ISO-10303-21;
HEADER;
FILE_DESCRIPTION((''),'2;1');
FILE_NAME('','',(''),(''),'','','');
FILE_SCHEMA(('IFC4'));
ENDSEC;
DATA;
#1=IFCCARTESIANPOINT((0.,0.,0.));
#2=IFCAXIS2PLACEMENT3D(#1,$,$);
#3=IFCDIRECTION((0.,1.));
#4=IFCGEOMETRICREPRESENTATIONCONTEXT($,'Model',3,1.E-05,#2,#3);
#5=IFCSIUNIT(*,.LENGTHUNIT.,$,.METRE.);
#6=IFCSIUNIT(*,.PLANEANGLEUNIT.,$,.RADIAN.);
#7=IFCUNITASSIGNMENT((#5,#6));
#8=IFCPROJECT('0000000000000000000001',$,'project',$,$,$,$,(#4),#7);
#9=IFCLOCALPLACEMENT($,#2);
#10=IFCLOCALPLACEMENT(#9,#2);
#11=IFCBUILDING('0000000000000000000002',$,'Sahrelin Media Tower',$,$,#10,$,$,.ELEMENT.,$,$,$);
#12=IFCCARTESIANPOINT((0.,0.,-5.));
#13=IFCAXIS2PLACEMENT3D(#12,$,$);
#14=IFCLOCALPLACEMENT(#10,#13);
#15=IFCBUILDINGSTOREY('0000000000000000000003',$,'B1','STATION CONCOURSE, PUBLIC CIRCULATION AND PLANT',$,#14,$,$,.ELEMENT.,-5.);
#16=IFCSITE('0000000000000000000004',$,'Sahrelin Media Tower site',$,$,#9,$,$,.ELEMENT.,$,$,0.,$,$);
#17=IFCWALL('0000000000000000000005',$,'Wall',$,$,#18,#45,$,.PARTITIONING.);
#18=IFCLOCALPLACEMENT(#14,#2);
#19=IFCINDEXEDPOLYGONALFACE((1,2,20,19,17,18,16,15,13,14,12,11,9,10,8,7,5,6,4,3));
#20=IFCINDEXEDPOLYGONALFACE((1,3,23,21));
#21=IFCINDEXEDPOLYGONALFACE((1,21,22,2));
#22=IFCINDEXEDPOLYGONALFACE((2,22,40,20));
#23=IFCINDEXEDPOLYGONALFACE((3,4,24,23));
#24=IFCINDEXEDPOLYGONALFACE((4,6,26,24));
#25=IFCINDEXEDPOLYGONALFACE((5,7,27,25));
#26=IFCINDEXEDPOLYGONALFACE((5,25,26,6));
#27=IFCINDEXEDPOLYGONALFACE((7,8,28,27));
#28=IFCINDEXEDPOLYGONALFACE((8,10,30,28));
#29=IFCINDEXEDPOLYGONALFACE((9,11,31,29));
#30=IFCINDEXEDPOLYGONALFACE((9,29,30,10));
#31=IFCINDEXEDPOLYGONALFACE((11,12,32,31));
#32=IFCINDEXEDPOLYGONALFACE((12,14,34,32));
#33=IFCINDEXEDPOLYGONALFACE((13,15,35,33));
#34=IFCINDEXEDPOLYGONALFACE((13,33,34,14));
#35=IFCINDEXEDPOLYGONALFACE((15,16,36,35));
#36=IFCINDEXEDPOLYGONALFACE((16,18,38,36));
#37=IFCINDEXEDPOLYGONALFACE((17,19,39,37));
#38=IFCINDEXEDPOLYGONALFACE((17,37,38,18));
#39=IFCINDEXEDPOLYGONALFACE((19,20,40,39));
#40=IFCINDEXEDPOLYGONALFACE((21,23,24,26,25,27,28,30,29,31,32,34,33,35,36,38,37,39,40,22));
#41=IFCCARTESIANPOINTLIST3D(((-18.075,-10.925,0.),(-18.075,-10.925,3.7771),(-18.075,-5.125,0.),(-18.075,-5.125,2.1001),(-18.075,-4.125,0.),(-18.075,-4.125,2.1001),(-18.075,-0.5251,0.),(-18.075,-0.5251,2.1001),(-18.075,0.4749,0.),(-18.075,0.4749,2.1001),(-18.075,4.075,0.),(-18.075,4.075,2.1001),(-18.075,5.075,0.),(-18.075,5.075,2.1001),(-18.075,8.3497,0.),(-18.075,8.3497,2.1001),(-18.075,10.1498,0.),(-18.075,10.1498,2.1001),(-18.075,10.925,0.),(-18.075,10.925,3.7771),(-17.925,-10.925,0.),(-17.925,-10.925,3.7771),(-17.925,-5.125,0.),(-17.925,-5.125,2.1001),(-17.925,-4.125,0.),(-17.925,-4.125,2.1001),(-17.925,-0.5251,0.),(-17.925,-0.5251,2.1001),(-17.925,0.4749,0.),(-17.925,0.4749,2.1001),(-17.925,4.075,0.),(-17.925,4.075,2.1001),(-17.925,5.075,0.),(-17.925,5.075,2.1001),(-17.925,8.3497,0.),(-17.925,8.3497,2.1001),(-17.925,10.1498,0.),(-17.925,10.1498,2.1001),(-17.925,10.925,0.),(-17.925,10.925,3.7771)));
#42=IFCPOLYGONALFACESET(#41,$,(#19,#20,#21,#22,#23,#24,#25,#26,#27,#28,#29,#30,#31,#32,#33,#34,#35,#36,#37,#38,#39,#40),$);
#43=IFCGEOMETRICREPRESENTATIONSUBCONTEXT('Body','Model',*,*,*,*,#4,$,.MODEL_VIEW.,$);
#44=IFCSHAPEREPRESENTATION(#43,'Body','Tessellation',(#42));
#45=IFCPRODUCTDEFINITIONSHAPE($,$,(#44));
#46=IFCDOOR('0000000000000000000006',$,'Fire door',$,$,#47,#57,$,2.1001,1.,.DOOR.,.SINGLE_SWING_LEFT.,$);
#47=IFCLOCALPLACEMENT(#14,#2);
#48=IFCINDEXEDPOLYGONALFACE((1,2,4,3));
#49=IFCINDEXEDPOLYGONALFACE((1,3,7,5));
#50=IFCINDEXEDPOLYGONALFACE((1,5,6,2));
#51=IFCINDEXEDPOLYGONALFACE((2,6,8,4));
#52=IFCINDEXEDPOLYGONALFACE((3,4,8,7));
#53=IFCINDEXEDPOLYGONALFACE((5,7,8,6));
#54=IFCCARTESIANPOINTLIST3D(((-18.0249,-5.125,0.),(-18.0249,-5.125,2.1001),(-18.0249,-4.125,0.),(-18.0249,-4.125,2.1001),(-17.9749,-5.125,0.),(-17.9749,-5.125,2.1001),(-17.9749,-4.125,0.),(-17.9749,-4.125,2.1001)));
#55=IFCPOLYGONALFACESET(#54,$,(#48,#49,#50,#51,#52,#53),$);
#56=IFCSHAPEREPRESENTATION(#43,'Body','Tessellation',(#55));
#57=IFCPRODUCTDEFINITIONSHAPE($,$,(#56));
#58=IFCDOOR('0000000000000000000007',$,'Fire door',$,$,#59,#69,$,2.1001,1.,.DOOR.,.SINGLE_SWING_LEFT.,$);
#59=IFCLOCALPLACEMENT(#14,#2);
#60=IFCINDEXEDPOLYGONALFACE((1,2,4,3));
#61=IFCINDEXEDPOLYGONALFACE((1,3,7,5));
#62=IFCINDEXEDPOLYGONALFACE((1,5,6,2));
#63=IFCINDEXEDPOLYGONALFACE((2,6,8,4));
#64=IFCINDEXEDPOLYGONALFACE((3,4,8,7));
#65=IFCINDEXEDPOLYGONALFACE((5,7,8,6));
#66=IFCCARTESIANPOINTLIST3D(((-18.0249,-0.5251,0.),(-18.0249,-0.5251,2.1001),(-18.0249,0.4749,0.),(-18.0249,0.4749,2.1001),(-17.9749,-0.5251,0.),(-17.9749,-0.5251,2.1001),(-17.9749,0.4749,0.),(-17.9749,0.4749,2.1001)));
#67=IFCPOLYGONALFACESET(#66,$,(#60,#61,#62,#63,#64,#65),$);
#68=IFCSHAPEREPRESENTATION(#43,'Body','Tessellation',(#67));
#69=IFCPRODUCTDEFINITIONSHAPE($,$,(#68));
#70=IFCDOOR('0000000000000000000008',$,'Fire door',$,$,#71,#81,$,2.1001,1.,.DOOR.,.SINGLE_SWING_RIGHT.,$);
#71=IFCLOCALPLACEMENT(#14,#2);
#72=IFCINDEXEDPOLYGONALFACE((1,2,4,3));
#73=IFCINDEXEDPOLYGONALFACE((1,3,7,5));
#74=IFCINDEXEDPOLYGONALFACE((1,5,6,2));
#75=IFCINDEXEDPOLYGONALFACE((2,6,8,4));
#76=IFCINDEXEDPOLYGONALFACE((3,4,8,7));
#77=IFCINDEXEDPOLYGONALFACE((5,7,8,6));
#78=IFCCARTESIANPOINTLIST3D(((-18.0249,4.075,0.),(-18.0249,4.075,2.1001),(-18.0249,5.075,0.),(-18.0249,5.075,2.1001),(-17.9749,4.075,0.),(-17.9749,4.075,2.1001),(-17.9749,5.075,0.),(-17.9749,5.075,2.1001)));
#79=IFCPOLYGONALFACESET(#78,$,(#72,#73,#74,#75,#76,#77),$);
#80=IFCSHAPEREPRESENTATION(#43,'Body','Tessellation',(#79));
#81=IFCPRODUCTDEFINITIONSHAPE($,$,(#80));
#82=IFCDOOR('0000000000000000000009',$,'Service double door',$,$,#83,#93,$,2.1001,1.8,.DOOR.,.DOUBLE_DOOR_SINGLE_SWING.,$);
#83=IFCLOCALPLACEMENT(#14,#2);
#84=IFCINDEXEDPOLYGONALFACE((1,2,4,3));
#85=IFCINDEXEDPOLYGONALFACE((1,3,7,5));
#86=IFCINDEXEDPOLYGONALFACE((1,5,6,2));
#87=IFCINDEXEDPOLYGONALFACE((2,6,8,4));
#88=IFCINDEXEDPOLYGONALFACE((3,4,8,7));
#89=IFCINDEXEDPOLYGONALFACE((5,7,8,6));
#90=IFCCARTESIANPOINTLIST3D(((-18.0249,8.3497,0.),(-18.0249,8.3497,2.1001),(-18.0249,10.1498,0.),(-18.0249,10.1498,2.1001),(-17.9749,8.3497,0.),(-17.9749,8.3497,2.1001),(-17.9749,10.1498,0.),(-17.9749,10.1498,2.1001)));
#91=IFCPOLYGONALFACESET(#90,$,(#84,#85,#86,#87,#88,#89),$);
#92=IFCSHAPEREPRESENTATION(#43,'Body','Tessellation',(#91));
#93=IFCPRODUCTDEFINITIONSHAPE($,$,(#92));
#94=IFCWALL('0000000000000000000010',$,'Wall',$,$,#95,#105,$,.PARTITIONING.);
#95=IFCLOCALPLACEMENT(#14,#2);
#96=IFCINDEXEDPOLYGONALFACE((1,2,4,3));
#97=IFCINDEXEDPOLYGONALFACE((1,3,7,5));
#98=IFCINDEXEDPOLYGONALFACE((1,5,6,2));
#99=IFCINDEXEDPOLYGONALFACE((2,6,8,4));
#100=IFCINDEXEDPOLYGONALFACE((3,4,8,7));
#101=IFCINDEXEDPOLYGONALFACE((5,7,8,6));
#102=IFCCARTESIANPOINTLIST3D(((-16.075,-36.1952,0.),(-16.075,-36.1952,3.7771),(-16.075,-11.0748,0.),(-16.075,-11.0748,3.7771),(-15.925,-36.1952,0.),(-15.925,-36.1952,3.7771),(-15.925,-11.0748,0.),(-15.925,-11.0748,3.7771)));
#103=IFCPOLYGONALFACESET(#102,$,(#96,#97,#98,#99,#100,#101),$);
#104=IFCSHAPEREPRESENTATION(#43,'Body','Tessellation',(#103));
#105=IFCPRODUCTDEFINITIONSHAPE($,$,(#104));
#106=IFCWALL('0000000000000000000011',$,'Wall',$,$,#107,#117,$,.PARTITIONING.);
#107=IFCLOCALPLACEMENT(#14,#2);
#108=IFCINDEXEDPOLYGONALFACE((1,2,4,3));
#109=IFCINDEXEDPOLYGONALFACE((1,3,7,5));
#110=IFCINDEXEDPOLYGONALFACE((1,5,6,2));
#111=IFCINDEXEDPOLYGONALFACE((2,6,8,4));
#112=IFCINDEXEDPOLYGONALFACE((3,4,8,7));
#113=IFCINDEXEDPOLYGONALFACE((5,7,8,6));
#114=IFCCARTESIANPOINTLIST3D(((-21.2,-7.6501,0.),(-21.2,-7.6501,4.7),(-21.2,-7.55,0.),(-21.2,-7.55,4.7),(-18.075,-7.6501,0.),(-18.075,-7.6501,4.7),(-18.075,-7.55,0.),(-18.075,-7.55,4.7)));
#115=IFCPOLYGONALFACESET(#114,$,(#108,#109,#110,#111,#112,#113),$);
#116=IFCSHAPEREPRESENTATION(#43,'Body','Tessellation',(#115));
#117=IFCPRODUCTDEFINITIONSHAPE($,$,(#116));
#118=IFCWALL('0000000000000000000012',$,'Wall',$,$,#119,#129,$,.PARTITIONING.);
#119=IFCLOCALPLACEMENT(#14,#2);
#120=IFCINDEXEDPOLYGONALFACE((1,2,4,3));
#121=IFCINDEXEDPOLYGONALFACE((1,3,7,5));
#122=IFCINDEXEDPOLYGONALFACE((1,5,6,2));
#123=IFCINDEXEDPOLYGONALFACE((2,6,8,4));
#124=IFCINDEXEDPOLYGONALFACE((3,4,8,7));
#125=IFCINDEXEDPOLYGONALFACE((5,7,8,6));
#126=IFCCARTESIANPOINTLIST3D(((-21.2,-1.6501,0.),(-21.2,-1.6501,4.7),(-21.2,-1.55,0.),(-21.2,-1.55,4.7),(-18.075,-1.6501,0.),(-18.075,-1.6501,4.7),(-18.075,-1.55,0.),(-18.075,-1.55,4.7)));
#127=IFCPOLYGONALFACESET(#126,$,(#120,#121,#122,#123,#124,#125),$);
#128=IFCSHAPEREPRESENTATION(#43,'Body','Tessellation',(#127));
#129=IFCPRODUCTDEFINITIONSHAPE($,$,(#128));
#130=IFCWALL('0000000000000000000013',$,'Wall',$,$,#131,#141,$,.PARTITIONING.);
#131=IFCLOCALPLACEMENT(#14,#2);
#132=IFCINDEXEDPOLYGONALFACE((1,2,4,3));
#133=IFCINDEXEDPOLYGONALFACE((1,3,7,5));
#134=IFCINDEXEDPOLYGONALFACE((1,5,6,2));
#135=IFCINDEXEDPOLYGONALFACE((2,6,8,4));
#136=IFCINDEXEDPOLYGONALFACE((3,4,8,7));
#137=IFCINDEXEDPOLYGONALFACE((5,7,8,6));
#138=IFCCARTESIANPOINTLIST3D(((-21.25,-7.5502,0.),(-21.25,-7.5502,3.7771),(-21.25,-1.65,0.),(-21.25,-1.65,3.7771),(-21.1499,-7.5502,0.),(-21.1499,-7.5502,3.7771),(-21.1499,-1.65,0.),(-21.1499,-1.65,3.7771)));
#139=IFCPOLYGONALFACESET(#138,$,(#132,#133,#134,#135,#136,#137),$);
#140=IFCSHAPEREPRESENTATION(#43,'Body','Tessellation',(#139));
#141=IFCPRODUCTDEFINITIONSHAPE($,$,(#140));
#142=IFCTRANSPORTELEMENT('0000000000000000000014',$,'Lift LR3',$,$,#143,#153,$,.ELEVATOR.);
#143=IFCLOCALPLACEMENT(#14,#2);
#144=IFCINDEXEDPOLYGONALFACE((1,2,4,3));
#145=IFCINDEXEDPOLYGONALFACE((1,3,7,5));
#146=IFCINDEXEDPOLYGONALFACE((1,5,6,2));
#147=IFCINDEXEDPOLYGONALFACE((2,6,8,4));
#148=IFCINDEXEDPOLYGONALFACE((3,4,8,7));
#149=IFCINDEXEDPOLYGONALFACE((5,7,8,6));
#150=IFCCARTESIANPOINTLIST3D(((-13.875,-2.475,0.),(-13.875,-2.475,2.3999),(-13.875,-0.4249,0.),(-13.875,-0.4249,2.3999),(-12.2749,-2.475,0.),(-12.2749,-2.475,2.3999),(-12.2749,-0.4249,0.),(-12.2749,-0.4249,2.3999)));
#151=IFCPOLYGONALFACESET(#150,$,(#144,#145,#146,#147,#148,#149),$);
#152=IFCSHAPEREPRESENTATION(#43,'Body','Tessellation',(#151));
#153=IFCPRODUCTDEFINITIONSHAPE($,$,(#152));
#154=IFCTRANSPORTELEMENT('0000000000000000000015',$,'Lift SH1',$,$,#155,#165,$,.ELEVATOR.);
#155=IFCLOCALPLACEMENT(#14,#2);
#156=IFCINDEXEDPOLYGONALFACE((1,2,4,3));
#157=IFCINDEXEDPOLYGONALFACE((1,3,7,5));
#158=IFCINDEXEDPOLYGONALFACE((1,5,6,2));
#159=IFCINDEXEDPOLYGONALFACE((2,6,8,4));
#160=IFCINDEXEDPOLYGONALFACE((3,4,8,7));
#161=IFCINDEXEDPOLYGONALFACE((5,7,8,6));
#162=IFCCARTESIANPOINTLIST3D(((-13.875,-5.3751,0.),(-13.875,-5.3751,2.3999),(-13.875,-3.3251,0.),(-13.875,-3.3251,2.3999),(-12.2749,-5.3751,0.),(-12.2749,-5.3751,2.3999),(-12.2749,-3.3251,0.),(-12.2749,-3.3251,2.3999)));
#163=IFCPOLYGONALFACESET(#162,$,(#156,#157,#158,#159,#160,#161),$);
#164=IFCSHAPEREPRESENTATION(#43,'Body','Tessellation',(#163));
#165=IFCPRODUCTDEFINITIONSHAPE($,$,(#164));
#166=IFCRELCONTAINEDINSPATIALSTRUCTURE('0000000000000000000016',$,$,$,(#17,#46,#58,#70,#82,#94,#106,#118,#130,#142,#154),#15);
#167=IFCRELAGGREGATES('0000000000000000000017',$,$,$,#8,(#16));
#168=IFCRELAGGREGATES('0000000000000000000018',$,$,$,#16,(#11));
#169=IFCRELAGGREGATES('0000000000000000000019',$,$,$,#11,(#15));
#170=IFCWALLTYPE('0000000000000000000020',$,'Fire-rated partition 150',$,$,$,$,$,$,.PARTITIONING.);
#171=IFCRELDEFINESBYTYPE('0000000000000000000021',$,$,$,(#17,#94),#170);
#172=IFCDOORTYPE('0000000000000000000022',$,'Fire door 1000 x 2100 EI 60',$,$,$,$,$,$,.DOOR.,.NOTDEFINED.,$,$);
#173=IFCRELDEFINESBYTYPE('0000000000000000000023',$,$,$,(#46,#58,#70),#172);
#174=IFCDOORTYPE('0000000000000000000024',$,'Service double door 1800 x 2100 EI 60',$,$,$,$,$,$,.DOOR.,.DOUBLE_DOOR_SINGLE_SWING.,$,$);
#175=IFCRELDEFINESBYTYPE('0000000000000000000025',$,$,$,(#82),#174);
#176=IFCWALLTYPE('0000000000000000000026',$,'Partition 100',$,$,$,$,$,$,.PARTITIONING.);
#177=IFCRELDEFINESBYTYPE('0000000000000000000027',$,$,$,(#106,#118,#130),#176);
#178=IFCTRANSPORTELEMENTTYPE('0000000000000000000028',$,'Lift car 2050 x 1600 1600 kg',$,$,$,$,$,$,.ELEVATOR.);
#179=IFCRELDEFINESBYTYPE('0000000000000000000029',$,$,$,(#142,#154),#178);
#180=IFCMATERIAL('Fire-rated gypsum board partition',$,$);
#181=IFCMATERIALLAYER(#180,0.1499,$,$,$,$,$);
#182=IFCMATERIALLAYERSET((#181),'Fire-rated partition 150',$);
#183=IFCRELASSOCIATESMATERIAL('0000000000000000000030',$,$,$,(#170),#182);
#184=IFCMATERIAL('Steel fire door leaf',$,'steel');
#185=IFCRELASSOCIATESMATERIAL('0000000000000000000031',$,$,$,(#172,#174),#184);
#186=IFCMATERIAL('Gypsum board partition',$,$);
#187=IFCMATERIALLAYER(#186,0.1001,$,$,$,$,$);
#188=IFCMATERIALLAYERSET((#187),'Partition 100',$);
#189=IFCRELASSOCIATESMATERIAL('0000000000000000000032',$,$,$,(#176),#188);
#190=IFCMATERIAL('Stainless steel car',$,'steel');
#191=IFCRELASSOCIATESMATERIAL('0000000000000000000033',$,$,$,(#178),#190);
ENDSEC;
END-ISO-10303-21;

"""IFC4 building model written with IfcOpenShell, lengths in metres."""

from ifc_helpers import new_model, si_unit, direction, frame, frame_2d, origin, origin_2d, place, context, subcontext, project, spatial, rectangle, extrude, material, layer, layer_set, type_object, element, fill, save


model = new_model("IFC4")

# Units and contexts
model_context = context("Model", 3, precision=1e-05, world=origin(), true_north=direction((0.0, 1.0)))
body_context = subcontext(model_context, "Body", "Model", "MODEL_VIEW")
ifc_project = project(units=[si_unit("LENGTHUNIT", "METRE"), si_unit("PLANEANGLEUNIT", "RADIAN")], contexts=[model_context])

# Site, building, storey
site_placement = place(None, origin())
site = spatial("IfcSite", under=ifc_project, at=site_placement, Name="Sahrelin Media Tower site", CompositionType="ELEMENT", RefElevation=0.0)
building_placement = place(site_placement, origin())
building = spatial("IfcBuilding", under=site, at=building_placement, Name="Sahrelin Media Tower", CompositionType="ELEMENT")
storey_placement = place(building_placement, frame((0.0, 0.0, -5.0)))
storey = spatial("IfcBuildingStorey", under=building, at=storey_placement, Name="B1", Description="STATION CONCOURSE, PUBLIC CIRCULATION AND PLANT", CompositionType="ELEMENT", Elevation=-5.0)

# Wall, openings, doors
ifc_material_1 = material(Name="Fire-rated gypsum board partition")
ifc_layer_1 = layer(ifc_material_1, 0.1499)
ifc_layer_set_1 = layer_set([ifc_layer_1], Name="Fire-rated partition 150")
wall_type_1 = type_object("IfcWallType", Name="Fire-rated partition 150", PredefinedType="PARTITIONING", material=ifc_layer_set_1)
wall_1_placement = place(storey_placement, frame((-18.0, -10.925, 0.0), z_axis=(0.0, 0.0, 1.0), x_axis=(0.0, 1.0, 0.0)))
wall_1 = element("IfcWall", 1, at=wall_1_placement, inside=storey, type_object=wall_type_1, Name="Wall", PredefinedType="PARTITIONING", context=body_context, shape_type="SweptSolid", body=[
    extrude(rectangle(XDim=21.8501, YDim=0.1499, at=frame_2d((10.925, 0.0))), origin(), (0.0, 0.0, 1.0), 3.7771),
])
opening_1_placement = place(wall_1_placement, frame((19.2749, 0.0, 0.0)))
opening_1 = element("IfcOpeningElement", 2, at=opening_1_placement, cuts=wall_1, PredefinedType="OPENING", context=body_context, shape_type="SweptSolid", body=[
    extrude(rectangle(XDim=1.8, YDim=2.1001, at=frame_2d((0.8999, 1.05))), frame((0.0, 0.075, 0.0), z_axis=(0.0, -1.0, 0.0), x_axis=(1.0, 0.0, 0.0)), (0.0, 0.0, 1.0), 0.1499),
])
opening_2_placement = place(wall_1_placement, frame((5.8, 0.0, 0.0)))
opening_2 = element("IfcOpeningElement", 3, at=opening_2_placement, cuts=wall_1, PredefinedType="OPENING", context=body_context, shape_type="SweptSolid", body=[
    extrude(rectangle(XDim=1.0, YDim=2.1001, at=frame_2d((0.5, 1.05))), frame((0.0, 0.075, 0.0), z_axis=(0.0, -1.0, 0.0), x_axis=(1.0, 0.0, 0.0)), (0.0, 0.0, 1.0), 0.1499),
])
opening_3_placement = place(wall_1_placement, frame((10.3999, 0.0, 0.0)))
opening_3 = element("IfcOpeningElement", 4, at=opening_3_placement, cuts=wall_1, PredefinedType="OPENING", context=body_context, shape_type="SweptSolid", body=[
    extrude(rectangle(XDim=1.0, YDim=2.1001, at=frame_2d((0.5, 1.05))), frame((0.0, 0.075, 0.0), z_axis=(0.0, -1.0, 0.0), x_axis=(1.0, 0.0, 0.0)), (0.0, 0.0, 1.0), 0.1499),
])
opening_4_placement = place(wall_1_placement, frame((15.0, 0.0, 0.0)))
opening_4 = element("IfcOpeningElement", 5, at=opening_4_placement, cuts=wall_1, PredefinedType="OPENING", context=body_context, shape_type="SweptSolid", body=[
    extrude(rectangle(XDim=1.0, YDim=2.1001, at=frame_2d((0.5, 1.05))), frame((0.0, 0.075, 0.0), z_axis=(0.0, -1.0, 0.0), x_axis=(1.0, 0.0, 0.0)), (0.0, 0.0, 1.0), 0.1499),
])
ifc_material_2 = material(Name="Steel fire door leaf", Category="steel")
door_type_1 = type_object("IfcDoorType", Name="Fire door 1000 x 2100 EI 60", OperationType="NOTDEFINED", PredefinedType="DOOR", material=ifc_material_2)
door_1_placement = place(opening_2_placement, origin())
door_1 = element("IfcDoor", 6, at=door_1_placement, inside=storey, type_object=door_type_1, Name="Fire door", OperationType="SINGLE_SWING_LEFT", OverallHeight=2.1001, OverallWidth=1.0, PredefinedType="DOOR", context=body_context, shape_type="SweptSolid", body=[
    extrude(rectangle(XDim=1.0, YDim=2.1001, at=frame_2d((0.5, 1.05))), frame((0.0, 0.0249, 0.0), z_axis=(0.0, -1.0, 0.0), x_axis=(1.0, 0.0, 0.0)), (0.0, 0.0, 1.0), 0.05),
])
fill(opening_2, door_1)
door_2_placement = place(opening_3_placement, origin())
door_2 = element("IfcDoor", 7, at=door_2_placement, inside=storey, type_object=door_type_1, Name="Fire door", OperationType="SINGLE_SWING_LEFT", OverallHeight=2.1001, OverallWidth=1.0, PredefinedType="DOOR", context=body_context, shape_type="SweptSolid", body=[
    extrude(rectangle(XDim=1.0, YDim=2.1001, at=frame_2d((0.5, 1.05))), frame((0.0, 0.0249, 0.0), z_axis=(0.0, -1.0, 0.0), x_axis=(1.0, 0.0, 0.0)), (0.0, 0.0, 1.0), 0.05),
])
fill(opening_3, door_2)
door_3_placement = place(opening_4_placement, origin())
door_3 = element("IfcDoor", 8, at=door_3_placement, inside=storey, type_object=door_type_1, Name="Fire door", OperationType="SINGLE_SWING_RIGHT", OverallHeight=2.1001, OverallWidth=1.0, PredefinedType="DOOR", context=body_context, shape_type="SweptSolid", body=[
    extrude(rectangle(XDim=1.0, YDim=2.1001, at=frame_2d((0.5, 1.05))), frame((0.0, 0.0249, 0.0), z_axis=(0.0, -1.0, 0.0), x_axis=(1.0, 0.0, 0.0)), (0.0, 0.0, 1.0), 0.05),
])
fill(opening_4, door_3)
door_type_2 = type_object("IfcDoorType", Name="Service double door 1800 x 2100 EI 60", OperationType="DOUBLE_DOOR_SINGLE_SWING", PredefinedType="DOOR", material=ifc_material_2)
door_4_placement = place(opening_1_placement, origin())
door_4 = element("IfcDoor", 9, at=door_4_placement, inside=storey, type_object=door_type_2, Name="Service double door", OperationType="DOUBLE_DOOR_SINGLE_SWING", OverallHeight=2.1001, OverallWidth=1.8, PredefinedType="DOOR", context=body_context, shape_type="SweptSolid", body=[
    extrude(rectangle(XDim=1.8, YDim=2.1001, at=frame_2d((0.8999, 1.05))), frame((0.0, 0.0249, 0.0), z_axis=(0.0, -1.0, 0.0), x_axis=(1.0, 0.0, 0.0)), (0.0, 0.0, 1.0), 0.05),
])
fill(opening_1, door_4)

# Walls
wall_2_placement = place(storey_placement, frame((-16.0, -11.075, 0.0), z_axis=(0.0, 0.0, 1.0), x_axis=(0.0, -1.0, 0.0)))
element("IfcWall", 10, at=wall_2_placement, inside=storey, type_object=wall_type_1, Name="Wall", PredefinedType="PARTITIONING", context=body_context, shape_type="SweptSolid", body=[
    extrude(rectangle(XDim=25.1204, YDim=0.1499, at=frame_2d((12.5601, 0.0))), origin(), (0.0, 0.0, 1.0), 3.7771),
])
ifc_material_3 = material(Name="Gypsum board partition")
ifc_layer_2 = layer(ifc_material_3, 0.1001)
ifc_layer_set_2 = layer_set([ifc_layer_2], Name="Partition 100")
wall_type_2 = type_object("IfcWallType", Name="Partition 100", PredefinedType="PARTITIONING", material=ifc_layer_set_2)
for number, where, z_axis, x_axis, name in (
    (11, (-21.2, -7.6001, 0.0), (0.0, 0.0, 1.0), (1.0, 0.0, 0.0), "Wall"),
    (12, (-18.075, -1.6001, 0.0), (0.0, 0.0, 1.0), (-1.0, 0.0, 0.0), "Wall"),
):
    element("IfcWall", number, at=place(storey_placement, frame(where, z_axis=z_axis, x_axis=x_axis)), inside=storey, type_object=wall_type_2, Name=name, PredefinedType="PARTITIONING", context=body_context, shape_type="SweptSolid", body=[
        extrude(rectangle(XDim=3.125, YDim=0.1001, at=frame_2d((1.5625, 0.0))), origin(), (0.0, 0.0, 1.0), 4.7),
    ])
wall_3_placement = place(storey_placement, frame((-21.2, -1.6499, 0.0), z_axis=(0.0, 0.0, 1.0), x_axis=(0.0, -1.0, 0.0)))
element("IfcWall", 13, at=wall_3_placement, inside=storey, type_object=wall_type_2, Name="Wall", PredefinedType="PARTITIONING", context=body_context, shape_type="SweptSolid", body=[
    extrude(rectangle(XDim=5.9001, YDim=0.1001, at=frame_2d((2.9502, 0.0))), origin(), (0.0, 0.0, 1.0), 3.7771),
])

# Transport elements
ifc_material_4 = material(Name="Stainless steel car", Category="steel")
transport_element_type = type_object("IfcTransportElementType", Name="Lift car 2050 x 1600 1600 kg", PredefinedType="ELEVATOR", material=ifc_material_4)
for number, where, z_axis, x_axis, name in (
    (14, (-13.075, -1.45, 0.0), (0.0, 0.0, 1.0), (1.0, 0.0, 0.0), "Lift LR3"),
    (15, (-13.075, -4.3501, 0.0), (0.0, 0.0, 1.0), (1.0, 0.0, 0.0), "Lift SH1"),
):
    element("IfcTransportElement", number, at=place(storey_placement, frame(where, z_axis=z_axis, x_axis=x_axis)), inside=storey, type_object=transport_element_type, Name=name, PredefinedType="ELEVATOR", context=body_context, shape_type="SweptSolid", body=[
        extrude(rectangle(XDim=1.6001, YDim=2.05, at=origin_2d()), origin(), (0.0, 0.0, 1.0), 2.3999),
    ])

save(model, "model.ifc")
